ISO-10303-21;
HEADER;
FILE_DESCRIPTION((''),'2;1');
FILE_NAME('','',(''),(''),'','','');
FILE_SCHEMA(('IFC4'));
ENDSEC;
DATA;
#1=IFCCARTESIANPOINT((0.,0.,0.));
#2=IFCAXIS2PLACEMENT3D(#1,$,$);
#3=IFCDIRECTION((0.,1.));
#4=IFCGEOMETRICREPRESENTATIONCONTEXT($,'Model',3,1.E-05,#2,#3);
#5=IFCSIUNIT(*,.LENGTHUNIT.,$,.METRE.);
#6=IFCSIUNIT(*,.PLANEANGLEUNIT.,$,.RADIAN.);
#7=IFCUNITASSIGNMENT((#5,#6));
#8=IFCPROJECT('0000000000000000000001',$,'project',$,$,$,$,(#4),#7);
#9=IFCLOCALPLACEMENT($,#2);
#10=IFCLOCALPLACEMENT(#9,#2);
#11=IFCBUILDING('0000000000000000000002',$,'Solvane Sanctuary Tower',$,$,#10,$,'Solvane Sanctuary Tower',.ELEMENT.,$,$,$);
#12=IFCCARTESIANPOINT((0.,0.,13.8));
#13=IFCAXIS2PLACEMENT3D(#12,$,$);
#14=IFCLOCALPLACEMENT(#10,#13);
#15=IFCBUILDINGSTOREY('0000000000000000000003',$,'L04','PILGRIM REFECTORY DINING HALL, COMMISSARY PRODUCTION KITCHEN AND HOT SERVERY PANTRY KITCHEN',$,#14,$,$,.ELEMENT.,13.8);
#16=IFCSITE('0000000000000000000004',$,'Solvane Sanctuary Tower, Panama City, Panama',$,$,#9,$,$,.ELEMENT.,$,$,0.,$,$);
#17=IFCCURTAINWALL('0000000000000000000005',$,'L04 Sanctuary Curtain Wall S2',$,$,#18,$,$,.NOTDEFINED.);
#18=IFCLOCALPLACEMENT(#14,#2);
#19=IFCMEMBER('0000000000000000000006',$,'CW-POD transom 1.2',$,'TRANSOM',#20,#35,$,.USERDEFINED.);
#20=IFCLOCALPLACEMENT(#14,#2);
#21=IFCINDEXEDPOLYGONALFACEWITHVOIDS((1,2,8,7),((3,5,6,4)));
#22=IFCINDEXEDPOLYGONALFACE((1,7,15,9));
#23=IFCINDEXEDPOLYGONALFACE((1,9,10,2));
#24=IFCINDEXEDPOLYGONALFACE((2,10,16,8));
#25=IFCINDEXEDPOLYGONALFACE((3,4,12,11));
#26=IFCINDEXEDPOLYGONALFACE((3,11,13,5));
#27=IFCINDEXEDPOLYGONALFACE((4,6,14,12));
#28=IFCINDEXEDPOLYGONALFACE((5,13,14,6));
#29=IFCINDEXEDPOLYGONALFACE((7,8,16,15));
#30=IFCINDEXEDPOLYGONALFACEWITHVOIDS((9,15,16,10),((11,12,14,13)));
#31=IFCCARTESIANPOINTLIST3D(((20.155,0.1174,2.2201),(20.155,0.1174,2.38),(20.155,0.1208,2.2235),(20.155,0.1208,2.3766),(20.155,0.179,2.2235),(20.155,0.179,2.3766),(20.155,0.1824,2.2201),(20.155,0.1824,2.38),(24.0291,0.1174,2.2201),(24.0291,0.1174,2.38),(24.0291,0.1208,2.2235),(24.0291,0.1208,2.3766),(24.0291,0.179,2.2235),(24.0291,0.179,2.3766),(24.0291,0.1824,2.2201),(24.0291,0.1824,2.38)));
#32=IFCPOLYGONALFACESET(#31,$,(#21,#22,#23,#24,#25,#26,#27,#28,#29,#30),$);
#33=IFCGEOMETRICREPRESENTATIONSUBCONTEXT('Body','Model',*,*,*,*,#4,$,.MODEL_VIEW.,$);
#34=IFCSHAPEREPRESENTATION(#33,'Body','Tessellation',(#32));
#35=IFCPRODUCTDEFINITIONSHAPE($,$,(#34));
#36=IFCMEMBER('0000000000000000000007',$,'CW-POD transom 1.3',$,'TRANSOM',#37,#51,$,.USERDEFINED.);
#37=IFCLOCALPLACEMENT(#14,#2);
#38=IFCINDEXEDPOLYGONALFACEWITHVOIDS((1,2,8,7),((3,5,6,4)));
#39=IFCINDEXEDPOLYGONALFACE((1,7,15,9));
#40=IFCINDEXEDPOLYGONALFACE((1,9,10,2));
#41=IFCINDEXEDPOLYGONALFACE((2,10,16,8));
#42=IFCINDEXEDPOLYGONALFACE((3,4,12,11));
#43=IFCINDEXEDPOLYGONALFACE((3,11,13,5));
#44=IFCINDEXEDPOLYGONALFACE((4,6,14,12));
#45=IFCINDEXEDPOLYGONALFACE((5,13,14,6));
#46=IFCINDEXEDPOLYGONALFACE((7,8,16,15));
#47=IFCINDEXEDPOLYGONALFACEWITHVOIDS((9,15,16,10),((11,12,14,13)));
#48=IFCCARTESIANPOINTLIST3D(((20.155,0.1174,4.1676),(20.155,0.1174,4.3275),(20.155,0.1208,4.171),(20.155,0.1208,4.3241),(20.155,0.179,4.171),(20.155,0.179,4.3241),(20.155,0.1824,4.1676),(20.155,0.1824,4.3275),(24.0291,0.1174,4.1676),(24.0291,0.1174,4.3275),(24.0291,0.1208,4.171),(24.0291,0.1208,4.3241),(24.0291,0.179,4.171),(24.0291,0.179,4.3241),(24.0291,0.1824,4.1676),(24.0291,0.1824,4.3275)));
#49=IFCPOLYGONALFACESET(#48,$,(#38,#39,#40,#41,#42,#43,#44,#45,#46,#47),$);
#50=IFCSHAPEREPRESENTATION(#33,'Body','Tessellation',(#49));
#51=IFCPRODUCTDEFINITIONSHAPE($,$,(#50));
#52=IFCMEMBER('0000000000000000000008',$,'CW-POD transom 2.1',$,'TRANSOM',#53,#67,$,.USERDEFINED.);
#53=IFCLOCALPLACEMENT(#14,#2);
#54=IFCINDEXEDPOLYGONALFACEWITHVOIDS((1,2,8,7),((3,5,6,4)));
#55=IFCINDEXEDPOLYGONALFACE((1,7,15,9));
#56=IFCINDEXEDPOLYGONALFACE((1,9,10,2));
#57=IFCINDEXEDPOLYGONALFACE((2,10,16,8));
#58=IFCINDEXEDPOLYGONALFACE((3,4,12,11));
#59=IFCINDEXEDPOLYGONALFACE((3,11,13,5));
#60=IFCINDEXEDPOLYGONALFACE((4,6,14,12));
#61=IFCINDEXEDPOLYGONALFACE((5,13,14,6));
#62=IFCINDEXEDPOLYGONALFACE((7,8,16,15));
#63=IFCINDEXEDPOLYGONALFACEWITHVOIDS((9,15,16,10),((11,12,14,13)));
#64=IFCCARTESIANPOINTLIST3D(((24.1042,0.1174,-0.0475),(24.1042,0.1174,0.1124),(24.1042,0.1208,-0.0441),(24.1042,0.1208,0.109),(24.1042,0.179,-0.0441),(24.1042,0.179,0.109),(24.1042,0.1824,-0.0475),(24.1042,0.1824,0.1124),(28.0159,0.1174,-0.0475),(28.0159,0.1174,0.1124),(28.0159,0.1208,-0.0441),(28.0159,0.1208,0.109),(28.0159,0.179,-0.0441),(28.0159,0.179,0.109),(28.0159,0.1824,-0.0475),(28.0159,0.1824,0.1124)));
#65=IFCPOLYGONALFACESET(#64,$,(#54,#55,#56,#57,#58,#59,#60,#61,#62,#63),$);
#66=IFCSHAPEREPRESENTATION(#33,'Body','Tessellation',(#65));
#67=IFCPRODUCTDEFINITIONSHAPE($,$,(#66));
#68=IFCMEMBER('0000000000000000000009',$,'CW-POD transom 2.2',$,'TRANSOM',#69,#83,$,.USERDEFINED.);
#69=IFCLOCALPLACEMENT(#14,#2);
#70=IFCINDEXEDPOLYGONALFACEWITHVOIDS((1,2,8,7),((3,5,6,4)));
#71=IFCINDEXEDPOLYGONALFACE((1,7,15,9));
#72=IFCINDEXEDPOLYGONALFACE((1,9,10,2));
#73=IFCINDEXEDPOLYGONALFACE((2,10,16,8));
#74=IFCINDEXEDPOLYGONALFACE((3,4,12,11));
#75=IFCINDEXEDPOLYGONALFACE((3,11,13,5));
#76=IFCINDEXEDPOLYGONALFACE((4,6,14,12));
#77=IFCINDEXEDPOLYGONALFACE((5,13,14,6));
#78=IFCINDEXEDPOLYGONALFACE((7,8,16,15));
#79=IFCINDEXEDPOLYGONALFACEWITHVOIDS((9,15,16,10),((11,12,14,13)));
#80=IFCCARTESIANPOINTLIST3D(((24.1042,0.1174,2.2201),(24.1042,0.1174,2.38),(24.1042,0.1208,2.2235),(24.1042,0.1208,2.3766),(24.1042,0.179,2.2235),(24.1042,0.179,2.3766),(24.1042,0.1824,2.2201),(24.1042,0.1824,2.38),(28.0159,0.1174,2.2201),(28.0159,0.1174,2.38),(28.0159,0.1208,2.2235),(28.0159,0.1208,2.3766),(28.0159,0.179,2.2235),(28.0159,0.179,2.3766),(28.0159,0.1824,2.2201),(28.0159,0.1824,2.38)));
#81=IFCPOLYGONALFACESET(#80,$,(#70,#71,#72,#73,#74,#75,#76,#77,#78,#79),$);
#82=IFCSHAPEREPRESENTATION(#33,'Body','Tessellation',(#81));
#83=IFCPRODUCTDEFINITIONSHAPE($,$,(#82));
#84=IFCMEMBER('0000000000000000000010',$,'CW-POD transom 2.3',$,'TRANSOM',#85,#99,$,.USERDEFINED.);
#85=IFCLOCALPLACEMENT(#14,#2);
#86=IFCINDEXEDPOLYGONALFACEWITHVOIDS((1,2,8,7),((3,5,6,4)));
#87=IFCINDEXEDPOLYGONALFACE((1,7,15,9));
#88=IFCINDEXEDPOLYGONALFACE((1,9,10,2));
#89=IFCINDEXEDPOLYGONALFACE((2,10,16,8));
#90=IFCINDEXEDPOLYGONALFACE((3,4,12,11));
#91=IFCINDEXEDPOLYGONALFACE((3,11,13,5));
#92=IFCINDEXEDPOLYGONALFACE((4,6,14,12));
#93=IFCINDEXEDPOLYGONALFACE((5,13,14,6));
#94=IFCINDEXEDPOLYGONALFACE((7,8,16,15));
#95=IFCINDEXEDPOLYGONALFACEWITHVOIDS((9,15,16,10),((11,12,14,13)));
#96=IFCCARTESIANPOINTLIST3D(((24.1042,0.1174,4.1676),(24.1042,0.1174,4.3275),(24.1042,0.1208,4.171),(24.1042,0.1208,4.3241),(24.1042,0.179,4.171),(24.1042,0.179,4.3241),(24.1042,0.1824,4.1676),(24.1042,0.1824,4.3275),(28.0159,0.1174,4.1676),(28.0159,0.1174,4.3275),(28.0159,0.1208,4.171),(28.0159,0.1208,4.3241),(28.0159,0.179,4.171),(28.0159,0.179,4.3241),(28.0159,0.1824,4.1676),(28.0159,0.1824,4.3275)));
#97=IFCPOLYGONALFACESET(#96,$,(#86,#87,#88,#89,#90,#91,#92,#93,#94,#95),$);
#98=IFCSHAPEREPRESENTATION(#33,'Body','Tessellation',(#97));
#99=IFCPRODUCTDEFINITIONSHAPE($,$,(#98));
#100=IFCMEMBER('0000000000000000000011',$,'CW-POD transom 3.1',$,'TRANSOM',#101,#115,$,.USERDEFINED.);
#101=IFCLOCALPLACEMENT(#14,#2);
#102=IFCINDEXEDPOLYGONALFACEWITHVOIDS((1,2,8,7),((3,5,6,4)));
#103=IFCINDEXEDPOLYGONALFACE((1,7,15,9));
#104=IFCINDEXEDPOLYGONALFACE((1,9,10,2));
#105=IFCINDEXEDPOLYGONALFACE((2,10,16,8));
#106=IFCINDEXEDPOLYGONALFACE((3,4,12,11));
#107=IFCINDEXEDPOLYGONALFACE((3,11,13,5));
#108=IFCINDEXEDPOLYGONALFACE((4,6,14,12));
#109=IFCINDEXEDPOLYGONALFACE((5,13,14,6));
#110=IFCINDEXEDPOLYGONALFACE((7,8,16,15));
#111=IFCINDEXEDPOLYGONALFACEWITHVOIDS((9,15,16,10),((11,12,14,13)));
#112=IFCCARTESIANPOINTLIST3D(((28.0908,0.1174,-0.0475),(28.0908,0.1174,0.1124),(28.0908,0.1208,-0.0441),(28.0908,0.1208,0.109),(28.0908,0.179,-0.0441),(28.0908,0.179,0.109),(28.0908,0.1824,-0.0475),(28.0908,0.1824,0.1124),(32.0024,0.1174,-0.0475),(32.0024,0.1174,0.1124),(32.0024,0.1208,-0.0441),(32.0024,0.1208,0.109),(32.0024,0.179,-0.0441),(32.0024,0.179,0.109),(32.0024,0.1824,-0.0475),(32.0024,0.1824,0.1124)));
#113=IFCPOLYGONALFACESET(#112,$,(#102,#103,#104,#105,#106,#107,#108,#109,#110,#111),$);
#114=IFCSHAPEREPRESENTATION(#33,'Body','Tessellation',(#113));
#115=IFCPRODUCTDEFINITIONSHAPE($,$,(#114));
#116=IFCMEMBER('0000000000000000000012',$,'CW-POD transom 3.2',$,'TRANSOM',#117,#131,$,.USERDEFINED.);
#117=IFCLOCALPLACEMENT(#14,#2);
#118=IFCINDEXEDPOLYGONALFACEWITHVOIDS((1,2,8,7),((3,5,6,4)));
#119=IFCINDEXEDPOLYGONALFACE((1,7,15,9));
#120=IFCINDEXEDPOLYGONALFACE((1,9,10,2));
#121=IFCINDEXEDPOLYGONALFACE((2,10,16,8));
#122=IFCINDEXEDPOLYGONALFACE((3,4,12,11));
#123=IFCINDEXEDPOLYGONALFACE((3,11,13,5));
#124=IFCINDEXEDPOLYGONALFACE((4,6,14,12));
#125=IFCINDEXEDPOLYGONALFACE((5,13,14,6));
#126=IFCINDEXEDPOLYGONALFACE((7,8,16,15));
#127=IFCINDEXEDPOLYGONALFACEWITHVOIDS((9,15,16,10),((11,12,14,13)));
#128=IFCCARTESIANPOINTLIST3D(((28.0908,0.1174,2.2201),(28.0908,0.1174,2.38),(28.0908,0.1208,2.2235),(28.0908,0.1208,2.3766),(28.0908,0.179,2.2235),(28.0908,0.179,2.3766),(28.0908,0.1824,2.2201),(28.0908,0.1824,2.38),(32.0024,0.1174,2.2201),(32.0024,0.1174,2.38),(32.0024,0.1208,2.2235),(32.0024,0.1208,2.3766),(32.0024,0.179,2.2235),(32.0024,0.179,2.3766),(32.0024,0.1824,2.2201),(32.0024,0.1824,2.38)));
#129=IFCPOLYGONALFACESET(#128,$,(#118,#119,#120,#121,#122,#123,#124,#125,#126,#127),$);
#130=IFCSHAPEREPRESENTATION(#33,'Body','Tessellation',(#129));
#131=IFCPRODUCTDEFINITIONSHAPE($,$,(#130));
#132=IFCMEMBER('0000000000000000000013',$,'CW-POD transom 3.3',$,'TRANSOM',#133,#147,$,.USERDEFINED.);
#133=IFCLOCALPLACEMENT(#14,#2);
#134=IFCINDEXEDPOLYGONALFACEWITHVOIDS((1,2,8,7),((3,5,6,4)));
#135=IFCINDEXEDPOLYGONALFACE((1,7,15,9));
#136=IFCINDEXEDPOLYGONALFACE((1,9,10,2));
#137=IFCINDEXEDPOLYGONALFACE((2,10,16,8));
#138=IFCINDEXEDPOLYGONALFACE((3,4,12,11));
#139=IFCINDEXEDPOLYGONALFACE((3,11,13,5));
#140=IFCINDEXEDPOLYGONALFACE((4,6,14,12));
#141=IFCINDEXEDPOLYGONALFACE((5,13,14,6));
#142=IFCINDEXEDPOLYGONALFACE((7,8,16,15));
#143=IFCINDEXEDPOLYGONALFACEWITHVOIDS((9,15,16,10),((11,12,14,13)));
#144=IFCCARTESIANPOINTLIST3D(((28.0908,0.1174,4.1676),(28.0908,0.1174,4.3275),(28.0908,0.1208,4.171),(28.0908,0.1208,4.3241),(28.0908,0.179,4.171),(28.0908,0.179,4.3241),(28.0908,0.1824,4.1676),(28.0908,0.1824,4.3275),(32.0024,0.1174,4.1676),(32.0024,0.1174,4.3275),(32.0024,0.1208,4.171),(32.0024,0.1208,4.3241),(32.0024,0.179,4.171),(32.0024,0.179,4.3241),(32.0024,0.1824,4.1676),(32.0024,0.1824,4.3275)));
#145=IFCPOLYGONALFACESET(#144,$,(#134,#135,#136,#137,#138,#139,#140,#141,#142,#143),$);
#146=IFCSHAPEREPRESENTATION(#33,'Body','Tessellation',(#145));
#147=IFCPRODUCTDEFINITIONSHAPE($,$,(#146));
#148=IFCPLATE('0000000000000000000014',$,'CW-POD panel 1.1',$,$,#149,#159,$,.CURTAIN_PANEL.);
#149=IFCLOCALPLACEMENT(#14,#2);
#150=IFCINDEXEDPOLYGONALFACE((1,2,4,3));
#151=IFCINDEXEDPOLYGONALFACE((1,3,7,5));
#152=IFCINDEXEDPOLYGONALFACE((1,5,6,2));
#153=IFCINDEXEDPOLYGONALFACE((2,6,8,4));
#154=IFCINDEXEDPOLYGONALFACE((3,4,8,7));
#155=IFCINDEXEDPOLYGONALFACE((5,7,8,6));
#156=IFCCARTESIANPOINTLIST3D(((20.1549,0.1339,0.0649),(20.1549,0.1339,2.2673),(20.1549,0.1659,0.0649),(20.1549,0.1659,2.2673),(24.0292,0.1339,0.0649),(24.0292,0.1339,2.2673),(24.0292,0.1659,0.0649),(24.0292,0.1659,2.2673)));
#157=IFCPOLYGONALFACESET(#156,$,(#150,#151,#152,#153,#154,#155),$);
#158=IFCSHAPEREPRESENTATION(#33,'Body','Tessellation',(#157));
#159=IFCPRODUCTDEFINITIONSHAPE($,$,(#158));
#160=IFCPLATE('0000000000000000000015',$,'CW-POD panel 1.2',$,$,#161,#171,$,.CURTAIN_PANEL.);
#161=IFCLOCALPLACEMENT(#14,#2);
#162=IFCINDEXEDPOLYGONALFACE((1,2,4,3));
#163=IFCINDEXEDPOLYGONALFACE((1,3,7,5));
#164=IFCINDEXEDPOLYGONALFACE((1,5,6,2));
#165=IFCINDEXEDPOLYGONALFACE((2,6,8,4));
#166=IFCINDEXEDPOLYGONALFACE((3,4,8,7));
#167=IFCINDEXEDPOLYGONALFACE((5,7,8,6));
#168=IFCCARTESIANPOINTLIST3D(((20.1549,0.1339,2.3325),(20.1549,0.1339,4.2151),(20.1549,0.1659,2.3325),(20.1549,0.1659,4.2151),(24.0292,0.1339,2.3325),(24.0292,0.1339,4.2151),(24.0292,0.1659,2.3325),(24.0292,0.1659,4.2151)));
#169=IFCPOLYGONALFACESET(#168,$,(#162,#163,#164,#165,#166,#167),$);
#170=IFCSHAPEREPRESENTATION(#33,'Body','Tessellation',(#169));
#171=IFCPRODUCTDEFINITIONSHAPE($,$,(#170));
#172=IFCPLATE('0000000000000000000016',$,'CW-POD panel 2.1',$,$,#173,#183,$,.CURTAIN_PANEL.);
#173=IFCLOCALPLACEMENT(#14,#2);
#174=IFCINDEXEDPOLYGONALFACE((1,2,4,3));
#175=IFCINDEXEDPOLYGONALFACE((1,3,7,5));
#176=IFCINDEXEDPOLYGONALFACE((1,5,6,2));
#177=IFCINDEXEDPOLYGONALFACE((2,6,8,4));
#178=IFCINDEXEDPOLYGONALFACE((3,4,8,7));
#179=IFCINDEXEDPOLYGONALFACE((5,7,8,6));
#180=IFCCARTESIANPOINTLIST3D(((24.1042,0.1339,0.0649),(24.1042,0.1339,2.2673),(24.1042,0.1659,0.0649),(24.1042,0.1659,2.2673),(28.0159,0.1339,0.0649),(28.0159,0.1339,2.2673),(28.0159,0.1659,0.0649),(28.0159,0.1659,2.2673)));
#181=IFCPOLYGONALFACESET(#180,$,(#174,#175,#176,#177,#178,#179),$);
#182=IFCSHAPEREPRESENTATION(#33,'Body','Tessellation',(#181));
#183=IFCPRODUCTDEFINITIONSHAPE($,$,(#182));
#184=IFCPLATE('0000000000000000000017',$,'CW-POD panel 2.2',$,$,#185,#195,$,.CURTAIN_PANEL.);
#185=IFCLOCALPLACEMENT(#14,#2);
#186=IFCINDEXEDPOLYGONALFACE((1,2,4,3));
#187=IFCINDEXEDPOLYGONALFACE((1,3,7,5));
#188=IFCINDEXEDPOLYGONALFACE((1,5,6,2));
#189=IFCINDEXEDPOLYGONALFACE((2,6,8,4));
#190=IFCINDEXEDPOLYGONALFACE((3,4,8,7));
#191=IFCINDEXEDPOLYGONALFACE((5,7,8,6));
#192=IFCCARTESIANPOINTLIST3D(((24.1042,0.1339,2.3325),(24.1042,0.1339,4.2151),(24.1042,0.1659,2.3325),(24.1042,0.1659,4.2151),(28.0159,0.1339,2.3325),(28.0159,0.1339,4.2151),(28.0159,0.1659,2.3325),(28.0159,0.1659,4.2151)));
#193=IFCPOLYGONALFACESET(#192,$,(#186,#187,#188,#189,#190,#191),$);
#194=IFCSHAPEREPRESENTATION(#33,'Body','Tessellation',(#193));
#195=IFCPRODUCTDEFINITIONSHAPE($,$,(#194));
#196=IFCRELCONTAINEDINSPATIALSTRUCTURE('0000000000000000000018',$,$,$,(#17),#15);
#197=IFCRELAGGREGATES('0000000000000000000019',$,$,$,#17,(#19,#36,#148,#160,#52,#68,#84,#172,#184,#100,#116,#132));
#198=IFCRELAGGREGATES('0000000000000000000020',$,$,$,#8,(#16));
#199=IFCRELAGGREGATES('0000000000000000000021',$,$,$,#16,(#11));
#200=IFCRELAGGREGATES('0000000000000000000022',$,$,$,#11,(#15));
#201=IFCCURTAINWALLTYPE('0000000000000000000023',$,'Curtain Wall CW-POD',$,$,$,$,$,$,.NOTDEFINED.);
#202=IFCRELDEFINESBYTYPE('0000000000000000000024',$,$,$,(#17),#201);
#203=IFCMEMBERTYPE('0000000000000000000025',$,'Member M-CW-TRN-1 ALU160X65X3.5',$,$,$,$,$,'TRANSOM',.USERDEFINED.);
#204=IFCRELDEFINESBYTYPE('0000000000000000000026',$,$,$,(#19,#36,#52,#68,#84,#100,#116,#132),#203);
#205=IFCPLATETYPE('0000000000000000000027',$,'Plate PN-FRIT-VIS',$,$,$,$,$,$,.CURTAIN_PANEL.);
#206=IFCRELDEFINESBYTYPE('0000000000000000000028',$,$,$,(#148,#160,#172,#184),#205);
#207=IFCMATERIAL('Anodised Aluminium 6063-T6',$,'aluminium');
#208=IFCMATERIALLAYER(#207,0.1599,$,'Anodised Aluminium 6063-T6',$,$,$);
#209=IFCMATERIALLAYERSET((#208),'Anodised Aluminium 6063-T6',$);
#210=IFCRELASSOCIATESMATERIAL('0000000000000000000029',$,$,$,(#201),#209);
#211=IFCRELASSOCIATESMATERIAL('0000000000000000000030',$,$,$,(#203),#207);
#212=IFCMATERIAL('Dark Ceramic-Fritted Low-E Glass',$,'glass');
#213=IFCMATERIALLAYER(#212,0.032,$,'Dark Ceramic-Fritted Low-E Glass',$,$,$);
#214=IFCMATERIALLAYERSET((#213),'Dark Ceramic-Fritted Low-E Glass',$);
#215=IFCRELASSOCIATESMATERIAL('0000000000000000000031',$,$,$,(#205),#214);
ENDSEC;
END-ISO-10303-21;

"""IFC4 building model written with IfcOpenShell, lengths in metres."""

from ifc_helpers import new_model, si_unit, direction, frame, origin, origin_2d, place, context, subcontext, project, spatial, rectangle, hollow_rectangle, extrude, material, layer, layer_set, material_profile, profile_set, type_object, element, aggregate, save


model = new_model("IFC4")

# Units and contexts
model_context = context("Model", 3, precision=1e-05, world=origin(), true_north=direction((0.0, 1.0)))
body_context = subcontext(model_context, "Body", "Model", "MODEL_VIEW")
ifc_project = project(units=[si_unit("LENGTHUNIT", "METRE"), si_unit("PLANEANGLEUNIT", "RADIAN")], contexts=[model_context])

# Site, building, storey
site_placement = place(None, origin())
site = spatial("IfcSite", under=ifc_project, at=site_placement, Name="Solvane Sanctuary Tower, Panama City, Panama", CompositionType="ELEMENT", RefElevation=0.0)
building_placement = place(site_placement, origin())
building = spatial("IfcBuilding", under=site, at=building_placement, Name="Solvane Sanctuary Tower", LongName="Solvane Sanctuary Tower", CompositionType="ELEMENT")
storey_placement = place(building_placement, frame((0.0, 0.0, 13.8)))
storey = spatial("IfcBuildingStorey", under=building, at=storey_placement, Name="L04", Description="PILGRIM REFECTORY DINING HALL, COMMISSARY PRODUCTION KITCHEN AND HOT SERVERY PANTRY KITCHEN", CompositionType="ELEMENT", Elevation=13.8)

# Curtain wall, members, plates
ifc_material_1 = material(Name="Anodised Aluminium 6063-T6", Category="aluminium")
ifc_layer_1 = layer(ifc_material_1, 0.1599, Name="Anodised Aluminium 6063-T6")
ifc_layer_set_1 = layer_set([ifc_layer_1], Name="Anodised Aluminium 6063-T6")
curtain_wall_type = type_object("IfcCurtainWallType", Name="Curtain Wall CW-POD", PredefinedType="NOTDEFINED", material=ifc_layer_set_1)
curtain_wall_placement = place(storey_placement, origin())
curtain_wall = element("IfcCurtainWall", 1, at=curtain_wall_placement, inside=storey, type_object=curtain_wall_type, Name="L04 Sanctuary Curtain Wall S2", PredefinedType="NOTDEFINED")
ifc_material_profile_1 = material_profile(ifc_material_1, hollow_rectangle(XDim=0.0649, YDim=0.1599, WallThickness=0.0034, at=origin_2d()), Name="ALU160X65X3.5")
ifc_profile_set_1 = profile_set([ifc_material_profile_1], Name="Anodised Aluminium 6063-T6")
member_type_1 = type_object("IfcMemberType", Name="Member M-CW-TRN-1 ALU160X65X3.5", ElementType="TRANSOM", PredefinedType="USERDEFINED", material=ifc_profile_set_1)
member_1_placement = place(storey_placement, frame((20.155, 0.1499, 2.3), z_axis=(1.0, 0.0, 0.0), x_axis=(0.0, 1.0, 0.0)))
member_1 = element("IfcMember", 2, at=member_1_placement, type_object=member_type_1, Name="CW-POD transom 1.2", ObjectType="TRANSOM", PredefinedType="USERDEFINED", context=body_context, shape_type="SweptSolid", body=[
    extrude(hollow_rectangle(XDim=0.0649, YDim=0.1599, WallThickness=0.0034, at=origin_2d()), origin(), (0.0, 0.0, 1.0), 3.874),
])
member_2_placement = place(storey_placement, frame((20.155, 0.1499, 4.2476), z_axis=(1.0, 0.0, 0.0), x_axis=(0.0, 1.0, 0.0)))
member_2 = element("IfcMember", 3, at=member_2_placement, type_object=member_type_1, Name="CW-POD transom 1.3", ObjectType="TRANSOM", PredefinedType="USERDEFINED", context=body_context, shape_type="SweptSolid", body=[
    extrude(hollow_rectangle(XDim=0.0649, YDim=0.1599, WallThickness=0.0034, at=origin_2d()), origin(), (0.0, 0.0, 1.0), 3.874),
])
member_3_placement = place(storey_placement, frame((24.1042, 0.1499, 0.0325), z_axis=(1.0, 0.0, 0.0), x_axis=(0.0, 1.0, 0.0)))
member_3 = element("IfcMember", 4, at=member_3_placement, type_object=member_type_1, Name="CW-POD transom 2.1", ObjectType="TRANSOM", PredefinedType="USERDEFINED", context=body_context, shape_type="SweptSolid", body=[
    extrude(hollow_rectangle(XDim=0.0649, YDim=0.1599, WallThickness=0.0034, at=origin_2d()), origin(), (0.0, 0.0, 1.0), 3.9116),
])
member_4_placement = place(storey_placement, frame((24.1042, 0.1499, 2.3), z_axis=(1.0, 0.0, 0.0), x_axis=(0.0, 1.0, 0.0)))
member_4 = element("IfcMember", 5, at=member_4_placement, type_object=member_type_1, Name="CW-POD transom 2.2", ObjectType="TRANSOM", PredefinedType="USERDEFINED", context=body_context, shape_type="SweptSolid", body=[
    extrude(hollow_rectangle(XDim=0.0649, YDim=0.1599, WallThickness=0.0034, at=origin_2d()), origin(), (0.0, 0.0, 1.0), 3.9116),
])
member_5_placement = place(storey_placement, frame((24.1042, 0.1499, 4.2476), z_axis=(1.0, 0.0, 0.0), x_axis=(0.0, 1.0, 0.0)))
member_5 = element("IfcMember", 6, at=member_5_placement, type_object=member_type_1, Name="CW-POD transom 2.3", ObjectType="TRANSOM", PredefinedType="USERDEFINED", context=body_context, shape_type="SweptSolid", body=[
    extrude(hollow_rectangle(XDim=0.0649, YDim=0.1599, WallThickness=0.0034, at=origin_2d()), origin(), (0.0, 0.0, 1.0), 3.9116),
])
member_6_placement = place(storey_placement, frame((28.0908, 0.1499, 0.0325), z_axis=(1.0, 0.0, 0.0), x_axis=(0.0, 1.0, 0.0)))
member_6 = element("IfcMember", 7, at=member_6_placement, type_object=member_type_1, Name="CW-POD transom 3.1", ObjectType="TRANSOM", PredefinedType="USERDEFINED", context=body_context, shape_type="SweptSolid", body=[
    extrude(hollow_rectangle(XDim=0.0649, YDim=0.1599, WallThickness=0.0034, at=origin_2d()), origin(), (0.0, 0.0, 1.0), 3.9116),
])
member_7_placement = place(storey_placement, frame((28.0908, 0.1499, 2.3), z_axis=(1.0, 0.0, 0.0), x_axis=(0.0, 1.0, 0.0)))
member_7 = element("IfcMember", 8, at=member_7_placement, type_object=member_type_1, Name="CW-POD transom 3.2", ObjectType="TRANSOM", PredefinedType="USERDEFINED", context=body_context, shape_type="SweptSolid", body=[
    extrude(hollow_rectangle(XDim=0.0649, YDim=0.1599, WallThickness=0.0034, at=origin_2d()), origin(), (0.0, 0.0, 1.0), 3.9116),
])
member_8_placement = place(storey_placement, frame((28.0908, 0.1499, 4.2476), z_axis=(1.0, 0.0, 0.0), x_axis=(0.0, 1.0, 0.0)))
member_8 = element("IfcMember", 9, at=member_8_placement, type_object=member_type_1, Name="CW-POD transom 3.3", ObjectType="TRANSOM", PredefinedType="USERDEFINED", context=body_context, shape_type="SweptSolid", body=[
    extrude(hollow_rectangle(XDim=0.0649, YDim=0.1599, WallThickness=0.0034, at=origin_2d()), origin(), (0.0, 0.0, 1.0), 3.9116),
])
ifc_material_2 = material(Name="Dark Ceramic-Fritted Low-E Glass", Category="glass")
ifc_layer_2 = layer(ifc_material_2, 0.032, Name="Dark Ceramic-Fritted Low-E Glass")
ifc_layer_set_2 = layer_set([ifc_layer_2], Name="Dark Ceramic-Fritted Low-E Glass")
plate_type = type_object("IfcPlateType", Name="Plate PN-FRIT-VIS", PredefinedType="CURTAIN_PANEL", material=ifc_layer_set_2)
plate_1_placement = place(storey_placement, frame((22.092, 0.1499, 0.0649), z_axis=(0.0, 0.0, 1.0), x_axis=(1.0, 0.0, 0.0)))
plate_1 = element("IfcPlate", 10, at=plate_1_placement, type_object=plate_type, Name="CW-POD panel 1.1", PredefinedType="CURTAIN_PANEL", context=body_context, shape_type="SweptSolid", body=[
    extrude(rectangle(XDim=3.8743, YDim=0.032, at=origin_2d()), origin(), (0.0, 0.0, 1.0), 2.2024),
])
plate_2_placement = place(storey_placement, frame((22.092, 0.1499, 2.3325), z_axis=(0.0, 0.0, 1.0), x_axis=(1.0, 0.0, 0.0)))
plate_2 = element("IfcPlate", 11, at=plate_2_placement, type_object=plate_type, Name="CW-POD panel 1.2", PredefinedType="CURTAIN_PANEL", context=body_context, shape_type="SweptSolid", body=[
    extrude(rectangle(XDim=3.8743, YDim=0.032, at=origin_2d()), origin(), (0.0, 0.0, 1.0), 1.8826),
])
plate_3_placement = place(storey_placement, frame((26.0601, 0.1499, 0.0649), z_axis=(0.0, 0.0, 1.0), x_axis=(1.0, 0.0, 0.0)))
plate_3 = element("IfcPlate", 12, at=plate_3_placement, type_object=plate_type, Name="CW-POD panel 2.1", PredefinedType="CURTAIN_PANEL", context=body_context, shape_type="SweptSolid", body=[
    extrude(rectangle(XDim=3.9116, YDim=0.032, at=origin_2d()), origin(), (0.0, 0.0, 1.0), 2.2024),
])
plate_4_placement = place(storey_placement, frame((26.0601, 0.1499, 2.3325), z_axis=(0.0, 0.0, 1.0), x_axis=(1.0, 0.0, 0.0)))
plate_4 = element("IfcPlate", 13, at=plate_4_placement, type_object=plate_type, Name="CW-POD panel 2.2", PredefinedType="CURTAIN_PANEL", context=body_context, shape_type="SweptSolid", body=[
    extrude(rectangle(XDim=3.9116, YDim=0.032, at=origin_2d()), origin(), (0.0, 0.0, 1.0), 1.8826),
])
aggregate(curtain_wall, [member_1, member_2, plate_1, plate_2, member_3, member_4, member_5, plate_3, plate_4, member_6, member_7, member_8])

save(model, "model.ifc")
